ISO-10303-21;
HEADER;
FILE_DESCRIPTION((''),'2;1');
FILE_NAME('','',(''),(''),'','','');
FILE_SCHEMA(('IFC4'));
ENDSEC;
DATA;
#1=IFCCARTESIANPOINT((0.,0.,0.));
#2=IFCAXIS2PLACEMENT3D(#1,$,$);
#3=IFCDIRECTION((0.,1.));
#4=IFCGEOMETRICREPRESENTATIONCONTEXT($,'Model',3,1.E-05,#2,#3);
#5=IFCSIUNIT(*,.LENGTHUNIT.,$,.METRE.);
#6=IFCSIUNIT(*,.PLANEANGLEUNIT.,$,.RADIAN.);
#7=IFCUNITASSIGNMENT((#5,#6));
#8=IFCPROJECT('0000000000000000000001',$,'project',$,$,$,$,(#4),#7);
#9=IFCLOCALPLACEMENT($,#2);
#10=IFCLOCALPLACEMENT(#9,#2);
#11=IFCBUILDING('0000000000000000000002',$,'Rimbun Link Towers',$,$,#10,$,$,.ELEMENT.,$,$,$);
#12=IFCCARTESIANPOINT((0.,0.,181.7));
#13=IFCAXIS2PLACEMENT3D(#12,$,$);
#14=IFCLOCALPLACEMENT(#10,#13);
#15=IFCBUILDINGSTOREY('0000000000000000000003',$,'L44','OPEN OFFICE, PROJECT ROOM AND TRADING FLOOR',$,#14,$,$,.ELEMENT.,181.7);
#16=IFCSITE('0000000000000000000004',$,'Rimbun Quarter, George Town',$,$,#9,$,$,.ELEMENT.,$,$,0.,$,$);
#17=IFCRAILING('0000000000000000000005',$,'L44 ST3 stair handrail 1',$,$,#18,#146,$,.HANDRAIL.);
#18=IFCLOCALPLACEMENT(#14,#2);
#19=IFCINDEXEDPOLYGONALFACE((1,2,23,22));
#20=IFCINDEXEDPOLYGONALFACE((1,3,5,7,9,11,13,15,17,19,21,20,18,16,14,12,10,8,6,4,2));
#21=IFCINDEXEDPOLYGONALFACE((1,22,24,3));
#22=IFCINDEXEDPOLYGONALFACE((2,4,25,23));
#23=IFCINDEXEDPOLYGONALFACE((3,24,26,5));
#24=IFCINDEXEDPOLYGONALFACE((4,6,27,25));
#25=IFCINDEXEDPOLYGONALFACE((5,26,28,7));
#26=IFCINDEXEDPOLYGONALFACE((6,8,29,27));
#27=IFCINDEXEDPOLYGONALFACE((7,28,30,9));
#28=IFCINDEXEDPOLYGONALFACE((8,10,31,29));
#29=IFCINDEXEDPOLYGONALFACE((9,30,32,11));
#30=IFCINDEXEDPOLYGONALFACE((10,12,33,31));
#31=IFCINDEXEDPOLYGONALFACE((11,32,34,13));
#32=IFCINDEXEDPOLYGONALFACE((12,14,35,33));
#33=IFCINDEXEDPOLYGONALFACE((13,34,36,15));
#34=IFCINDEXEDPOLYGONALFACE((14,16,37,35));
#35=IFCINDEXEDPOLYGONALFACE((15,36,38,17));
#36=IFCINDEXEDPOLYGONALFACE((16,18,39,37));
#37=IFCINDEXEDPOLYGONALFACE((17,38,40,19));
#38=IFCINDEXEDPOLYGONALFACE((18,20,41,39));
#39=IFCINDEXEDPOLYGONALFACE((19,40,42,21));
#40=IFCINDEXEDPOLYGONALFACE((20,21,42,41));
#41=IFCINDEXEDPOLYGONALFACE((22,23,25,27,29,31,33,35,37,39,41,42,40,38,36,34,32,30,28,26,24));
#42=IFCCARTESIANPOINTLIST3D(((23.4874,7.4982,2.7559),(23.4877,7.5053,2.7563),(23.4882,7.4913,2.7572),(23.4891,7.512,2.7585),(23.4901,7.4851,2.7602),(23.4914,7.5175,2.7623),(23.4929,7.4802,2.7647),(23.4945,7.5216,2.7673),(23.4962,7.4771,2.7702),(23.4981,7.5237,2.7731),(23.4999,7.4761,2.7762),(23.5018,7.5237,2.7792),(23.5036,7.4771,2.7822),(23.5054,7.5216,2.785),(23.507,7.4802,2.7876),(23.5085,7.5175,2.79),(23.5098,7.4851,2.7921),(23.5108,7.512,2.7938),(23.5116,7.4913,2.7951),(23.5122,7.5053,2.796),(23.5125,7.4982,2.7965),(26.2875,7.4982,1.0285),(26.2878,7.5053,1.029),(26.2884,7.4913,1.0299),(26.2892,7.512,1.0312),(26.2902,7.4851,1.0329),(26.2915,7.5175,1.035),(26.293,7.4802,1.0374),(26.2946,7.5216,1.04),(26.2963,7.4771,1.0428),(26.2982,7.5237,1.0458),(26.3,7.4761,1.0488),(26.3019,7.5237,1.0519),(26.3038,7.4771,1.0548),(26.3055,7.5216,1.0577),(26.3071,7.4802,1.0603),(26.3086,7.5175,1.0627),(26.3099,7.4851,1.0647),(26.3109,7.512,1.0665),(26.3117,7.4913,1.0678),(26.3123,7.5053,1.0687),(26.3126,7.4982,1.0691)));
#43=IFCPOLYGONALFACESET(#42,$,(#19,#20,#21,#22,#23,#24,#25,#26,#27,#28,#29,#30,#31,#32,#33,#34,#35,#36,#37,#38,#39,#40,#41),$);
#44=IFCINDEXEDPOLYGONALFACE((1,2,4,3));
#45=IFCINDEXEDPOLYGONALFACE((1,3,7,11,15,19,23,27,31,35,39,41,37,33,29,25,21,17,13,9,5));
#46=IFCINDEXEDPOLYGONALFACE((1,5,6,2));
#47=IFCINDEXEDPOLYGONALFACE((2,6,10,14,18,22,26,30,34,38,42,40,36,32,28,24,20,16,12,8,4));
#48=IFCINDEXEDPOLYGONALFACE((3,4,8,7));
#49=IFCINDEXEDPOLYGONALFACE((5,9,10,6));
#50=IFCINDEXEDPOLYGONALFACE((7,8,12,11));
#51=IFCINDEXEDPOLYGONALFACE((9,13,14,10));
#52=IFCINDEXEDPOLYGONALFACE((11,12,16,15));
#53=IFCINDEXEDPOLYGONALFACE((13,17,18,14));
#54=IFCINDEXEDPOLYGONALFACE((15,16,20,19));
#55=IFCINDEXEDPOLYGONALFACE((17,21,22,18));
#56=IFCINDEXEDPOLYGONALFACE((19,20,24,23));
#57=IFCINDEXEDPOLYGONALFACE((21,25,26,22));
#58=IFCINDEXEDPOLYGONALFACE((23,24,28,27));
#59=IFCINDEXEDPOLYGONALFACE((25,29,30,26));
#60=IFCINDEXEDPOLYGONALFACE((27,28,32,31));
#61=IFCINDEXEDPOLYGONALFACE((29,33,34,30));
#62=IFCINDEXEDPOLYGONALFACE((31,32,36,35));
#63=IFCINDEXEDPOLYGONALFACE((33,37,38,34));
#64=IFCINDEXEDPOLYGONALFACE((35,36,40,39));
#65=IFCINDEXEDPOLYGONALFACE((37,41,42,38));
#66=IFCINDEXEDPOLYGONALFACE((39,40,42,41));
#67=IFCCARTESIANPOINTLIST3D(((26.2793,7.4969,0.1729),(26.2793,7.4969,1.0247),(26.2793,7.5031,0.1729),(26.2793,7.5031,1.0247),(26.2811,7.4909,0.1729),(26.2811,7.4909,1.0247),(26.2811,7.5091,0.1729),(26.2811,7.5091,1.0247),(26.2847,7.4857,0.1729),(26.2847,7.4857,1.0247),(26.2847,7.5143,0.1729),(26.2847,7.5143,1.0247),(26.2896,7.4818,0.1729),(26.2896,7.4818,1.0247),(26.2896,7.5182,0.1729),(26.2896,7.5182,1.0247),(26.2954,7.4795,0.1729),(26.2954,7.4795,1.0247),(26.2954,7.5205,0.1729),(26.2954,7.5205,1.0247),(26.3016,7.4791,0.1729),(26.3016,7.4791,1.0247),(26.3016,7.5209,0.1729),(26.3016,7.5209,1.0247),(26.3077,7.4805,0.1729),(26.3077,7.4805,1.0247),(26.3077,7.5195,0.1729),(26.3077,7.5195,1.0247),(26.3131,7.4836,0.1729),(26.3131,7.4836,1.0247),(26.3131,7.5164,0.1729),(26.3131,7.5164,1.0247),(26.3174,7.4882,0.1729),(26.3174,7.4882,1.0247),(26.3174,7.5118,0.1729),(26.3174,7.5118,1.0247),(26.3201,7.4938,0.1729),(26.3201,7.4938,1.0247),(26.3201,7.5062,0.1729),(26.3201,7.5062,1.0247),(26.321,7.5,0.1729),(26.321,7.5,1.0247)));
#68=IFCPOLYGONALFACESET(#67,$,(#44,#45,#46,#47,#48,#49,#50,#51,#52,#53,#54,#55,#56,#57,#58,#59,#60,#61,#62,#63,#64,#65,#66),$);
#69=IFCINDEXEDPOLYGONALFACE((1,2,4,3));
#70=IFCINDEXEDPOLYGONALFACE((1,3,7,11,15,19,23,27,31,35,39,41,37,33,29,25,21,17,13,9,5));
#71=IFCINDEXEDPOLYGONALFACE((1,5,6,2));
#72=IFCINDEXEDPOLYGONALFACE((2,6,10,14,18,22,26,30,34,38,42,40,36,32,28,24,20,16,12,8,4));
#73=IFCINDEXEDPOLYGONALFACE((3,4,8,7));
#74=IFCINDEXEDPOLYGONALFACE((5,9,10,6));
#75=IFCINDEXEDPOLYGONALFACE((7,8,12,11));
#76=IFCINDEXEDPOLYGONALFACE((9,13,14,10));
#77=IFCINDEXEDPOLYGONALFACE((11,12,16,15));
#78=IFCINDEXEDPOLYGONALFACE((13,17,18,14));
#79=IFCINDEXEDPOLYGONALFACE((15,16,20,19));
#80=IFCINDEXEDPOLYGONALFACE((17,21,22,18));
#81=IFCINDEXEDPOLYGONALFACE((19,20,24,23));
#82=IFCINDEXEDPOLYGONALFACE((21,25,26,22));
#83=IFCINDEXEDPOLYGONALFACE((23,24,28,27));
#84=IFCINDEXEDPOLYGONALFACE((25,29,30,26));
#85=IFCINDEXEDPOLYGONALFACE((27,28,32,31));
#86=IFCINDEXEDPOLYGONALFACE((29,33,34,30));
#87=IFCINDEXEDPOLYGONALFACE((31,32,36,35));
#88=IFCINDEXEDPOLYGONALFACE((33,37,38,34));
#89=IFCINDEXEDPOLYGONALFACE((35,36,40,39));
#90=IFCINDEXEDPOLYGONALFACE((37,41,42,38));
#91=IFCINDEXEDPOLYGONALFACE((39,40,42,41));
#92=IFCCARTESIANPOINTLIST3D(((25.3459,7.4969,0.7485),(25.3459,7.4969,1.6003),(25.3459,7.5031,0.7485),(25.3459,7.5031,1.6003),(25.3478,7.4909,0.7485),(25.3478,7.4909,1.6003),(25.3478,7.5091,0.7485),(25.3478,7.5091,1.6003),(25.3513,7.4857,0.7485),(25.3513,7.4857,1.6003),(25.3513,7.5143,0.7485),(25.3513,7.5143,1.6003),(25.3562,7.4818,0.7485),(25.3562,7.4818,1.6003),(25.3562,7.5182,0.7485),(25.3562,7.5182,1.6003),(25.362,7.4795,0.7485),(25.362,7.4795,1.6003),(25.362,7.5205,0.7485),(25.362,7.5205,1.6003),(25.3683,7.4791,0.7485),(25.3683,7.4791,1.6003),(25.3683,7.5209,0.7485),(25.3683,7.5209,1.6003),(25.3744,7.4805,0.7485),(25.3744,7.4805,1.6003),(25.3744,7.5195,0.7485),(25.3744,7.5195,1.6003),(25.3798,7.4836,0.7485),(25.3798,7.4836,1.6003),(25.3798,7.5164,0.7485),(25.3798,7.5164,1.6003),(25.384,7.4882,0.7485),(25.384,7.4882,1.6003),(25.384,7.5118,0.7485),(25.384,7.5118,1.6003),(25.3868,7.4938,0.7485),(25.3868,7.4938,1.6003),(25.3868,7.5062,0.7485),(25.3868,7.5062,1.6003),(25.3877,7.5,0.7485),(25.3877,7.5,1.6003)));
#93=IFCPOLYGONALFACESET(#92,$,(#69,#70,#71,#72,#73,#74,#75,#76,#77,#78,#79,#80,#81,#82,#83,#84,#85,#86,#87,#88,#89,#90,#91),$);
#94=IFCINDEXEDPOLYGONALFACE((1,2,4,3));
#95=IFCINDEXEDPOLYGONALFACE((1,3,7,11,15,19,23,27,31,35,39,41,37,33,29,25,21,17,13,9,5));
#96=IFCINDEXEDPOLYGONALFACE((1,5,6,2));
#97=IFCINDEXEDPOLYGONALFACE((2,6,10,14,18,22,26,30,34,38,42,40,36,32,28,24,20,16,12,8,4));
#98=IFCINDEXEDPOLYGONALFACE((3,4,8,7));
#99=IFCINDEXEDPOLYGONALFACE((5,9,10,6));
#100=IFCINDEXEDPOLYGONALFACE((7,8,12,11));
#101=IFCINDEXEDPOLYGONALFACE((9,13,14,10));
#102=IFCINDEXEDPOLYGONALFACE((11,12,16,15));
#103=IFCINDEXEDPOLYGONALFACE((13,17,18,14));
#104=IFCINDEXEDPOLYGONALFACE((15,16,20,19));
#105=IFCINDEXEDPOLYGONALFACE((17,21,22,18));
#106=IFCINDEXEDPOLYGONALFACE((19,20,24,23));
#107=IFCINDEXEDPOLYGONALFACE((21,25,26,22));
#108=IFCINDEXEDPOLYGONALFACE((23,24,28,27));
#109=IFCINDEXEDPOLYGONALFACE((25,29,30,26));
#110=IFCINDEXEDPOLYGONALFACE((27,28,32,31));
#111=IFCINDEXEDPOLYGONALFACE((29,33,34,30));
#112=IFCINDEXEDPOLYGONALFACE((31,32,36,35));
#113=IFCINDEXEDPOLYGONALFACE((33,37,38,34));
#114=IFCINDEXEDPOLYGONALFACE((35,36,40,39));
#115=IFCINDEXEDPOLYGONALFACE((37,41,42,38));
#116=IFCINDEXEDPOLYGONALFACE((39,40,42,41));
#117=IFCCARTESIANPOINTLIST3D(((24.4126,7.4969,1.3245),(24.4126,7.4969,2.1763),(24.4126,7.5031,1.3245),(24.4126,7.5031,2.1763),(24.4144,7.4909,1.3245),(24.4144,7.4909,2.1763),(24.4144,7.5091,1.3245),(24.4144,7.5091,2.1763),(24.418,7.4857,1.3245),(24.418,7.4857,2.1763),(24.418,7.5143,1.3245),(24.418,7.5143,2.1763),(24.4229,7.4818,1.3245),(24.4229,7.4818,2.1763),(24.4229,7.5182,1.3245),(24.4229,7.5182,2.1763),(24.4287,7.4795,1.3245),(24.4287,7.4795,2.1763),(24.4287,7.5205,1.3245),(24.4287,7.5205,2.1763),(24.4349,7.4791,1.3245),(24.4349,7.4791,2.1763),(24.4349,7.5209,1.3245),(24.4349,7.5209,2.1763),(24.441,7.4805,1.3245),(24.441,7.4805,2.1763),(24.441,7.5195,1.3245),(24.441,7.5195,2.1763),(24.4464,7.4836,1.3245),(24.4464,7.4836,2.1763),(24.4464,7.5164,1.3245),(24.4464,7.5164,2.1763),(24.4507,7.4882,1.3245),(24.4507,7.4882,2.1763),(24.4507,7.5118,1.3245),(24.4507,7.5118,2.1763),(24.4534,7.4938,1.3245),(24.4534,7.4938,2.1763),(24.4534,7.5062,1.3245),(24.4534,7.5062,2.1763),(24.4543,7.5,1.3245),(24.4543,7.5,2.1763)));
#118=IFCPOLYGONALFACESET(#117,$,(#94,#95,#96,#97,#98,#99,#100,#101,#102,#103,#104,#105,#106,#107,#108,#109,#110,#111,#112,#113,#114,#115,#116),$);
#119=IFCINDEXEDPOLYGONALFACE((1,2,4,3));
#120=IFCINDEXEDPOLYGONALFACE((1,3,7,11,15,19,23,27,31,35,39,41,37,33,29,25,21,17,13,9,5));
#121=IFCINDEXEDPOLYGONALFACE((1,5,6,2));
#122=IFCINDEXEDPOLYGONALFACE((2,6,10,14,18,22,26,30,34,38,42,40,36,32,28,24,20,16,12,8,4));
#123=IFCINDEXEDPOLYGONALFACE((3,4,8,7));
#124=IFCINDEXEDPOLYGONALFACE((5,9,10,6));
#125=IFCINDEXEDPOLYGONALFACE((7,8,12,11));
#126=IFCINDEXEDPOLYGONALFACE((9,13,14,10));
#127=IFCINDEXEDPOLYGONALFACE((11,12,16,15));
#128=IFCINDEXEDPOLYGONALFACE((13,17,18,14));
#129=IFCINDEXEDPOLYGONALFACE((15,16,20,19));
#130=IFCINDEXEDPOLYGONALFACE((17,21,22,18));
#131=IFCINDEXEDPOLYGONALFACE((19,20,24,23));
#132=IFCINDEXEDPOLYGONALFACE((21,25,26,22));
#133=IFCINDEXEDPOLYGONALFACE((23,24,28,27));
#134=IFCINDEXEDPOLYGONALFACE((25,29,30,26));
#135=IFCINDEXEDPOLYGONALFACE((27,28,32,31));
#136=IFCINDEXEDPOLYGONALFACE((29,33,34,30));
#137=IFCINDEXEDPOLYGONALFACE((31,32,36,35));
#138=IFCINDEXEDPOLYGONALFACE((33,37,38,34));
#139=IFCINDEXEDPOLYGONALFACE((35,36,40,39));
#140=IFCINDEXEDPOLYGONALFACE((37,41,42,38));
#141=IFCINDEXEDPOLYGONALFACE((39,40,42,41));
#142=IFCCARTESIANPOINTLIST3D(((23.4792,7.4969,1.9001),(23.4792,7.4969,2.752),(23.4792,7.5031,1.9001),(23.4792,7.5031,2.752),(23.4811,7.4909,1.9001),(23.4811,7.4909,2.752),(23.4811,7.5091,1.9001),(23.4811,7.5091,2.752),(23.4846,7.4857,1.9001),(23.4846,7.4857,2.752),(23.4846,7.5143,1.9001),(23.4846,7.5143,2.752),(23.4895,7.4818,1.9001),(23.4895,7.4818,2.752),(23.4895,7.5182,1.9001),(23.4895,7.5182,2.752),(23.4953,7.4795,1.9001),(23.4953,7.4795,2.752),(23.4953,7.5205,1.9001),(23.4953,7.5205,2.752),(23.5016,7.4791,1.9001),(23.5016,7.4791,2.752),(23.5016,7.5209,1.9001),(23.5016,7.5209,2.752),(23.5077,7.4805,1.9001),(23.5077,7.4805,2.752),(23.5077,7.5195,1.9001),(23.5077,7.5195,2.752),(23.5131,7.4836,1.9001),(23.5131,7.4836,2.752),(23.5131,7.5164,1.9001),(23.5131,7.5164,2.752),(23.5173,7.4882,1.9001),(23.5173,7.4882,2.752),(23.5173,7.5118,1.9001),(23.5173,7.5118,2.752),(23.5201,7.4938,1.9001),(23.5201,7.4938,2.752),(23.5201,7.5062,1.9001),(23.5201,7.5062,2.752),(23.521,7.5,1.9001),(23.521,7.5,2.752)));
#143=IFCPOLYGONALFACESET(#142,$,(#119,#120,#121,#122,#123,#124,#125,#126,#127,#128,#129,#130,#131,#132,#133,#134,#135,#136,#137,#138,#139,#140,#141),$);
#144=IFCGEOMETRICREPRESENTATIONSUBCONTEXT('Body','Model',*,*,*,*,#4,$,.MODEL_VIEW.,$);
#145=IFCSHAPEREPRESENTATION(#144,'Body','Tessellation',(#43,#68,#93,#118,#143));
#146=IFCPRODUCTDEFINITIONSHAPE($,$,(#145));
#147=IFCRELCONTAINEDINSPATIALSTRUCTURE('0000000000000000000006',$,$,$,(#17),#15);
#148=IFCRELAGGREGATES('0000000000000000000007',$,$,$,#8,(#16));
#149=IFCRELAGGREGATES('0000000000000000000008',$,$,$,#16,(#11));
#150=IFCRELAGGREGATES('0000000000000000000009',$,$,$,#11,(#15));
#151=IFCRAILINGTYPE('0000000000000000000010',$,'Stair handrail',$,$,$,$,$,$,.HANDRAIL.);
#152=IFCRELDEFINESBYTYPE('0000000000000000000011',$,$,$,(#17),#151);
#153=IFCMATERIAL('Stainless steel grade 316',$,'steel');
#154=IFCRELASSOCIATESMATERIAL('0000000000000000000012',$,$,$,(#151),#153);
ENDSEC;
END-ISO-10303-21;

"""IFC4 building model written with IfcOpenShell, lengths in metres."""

from ifc_helpers import new_model, si_unit, direction, frame, origin, origin_2d, place, context, subcontext, project, spatial, circle, extrude, material, type_object, element, save


model = new_model("IFC4")

# Units and contexts
model_context = context("Model", 3, precision=1e-05, world=origin(), true_north=direction((0.0, 1.0)))
body_context = subcontext(model_context, "Body", "Model", "MODEL_VIEW")
ifc_project = project(units=[si_unit("LENGTHUNIT", "METRE"), si_unit("PLANEANGLEUNIT", "RADIAN")], contexts=[model_context])

# Site, building, storey
site_placement = place(None, origin())
site = spatial("IfcSite", under=ifc_project, at=site_placement, Name="Rimbun Quarter, George Town", CompositionType="ELEMENT", RefElevation=0.0)
building_placement = place(site_placement, origin())
building = spatial("IfcBuilding", under=site, at=building_placement, Name="Rimbun Link Towers", CompositionType="ELEMENT")
storey_placement = place(building_placement, frame((0.0, 0.0, 181.7)))
storey = spatial("IfcBuildingStorey", under=building, at=storey_placement, Name="L44", Description="OPEN OFFICE, PROJECT ROOM AND TRADING FLOOR", CompositionType="ELEMENT", Elevation=181.7)

# Railing
ifc_material_1 = material(Name="Stainless steel grade 316", Category="steel")
railing_type_1 = type_object("IfcRailingType", Name="Stair handrail", PredefinedType="HANDRAIL", material=ifc_material_1)
railing_1_placement = place(storey_placement, frame((26.3, 7.5, 0.1729)))
element("IfcRailing", 1, at=railing_1_placement, inside=storey, type_object=railing_type_1, Name="L44 ST3 stair handrail 1", PredefinedType="HANDRAIL", context=body_context, shape_type="SweptSolid", body=[
    extrude(circle(Radius=0.0239, at=origin_2d()), frame((0.0, 0.0, 0.876), z_axis=(-0.85109, 0.0, 0.52502), x_axis=(0.0, -1.0, 0.0)), (0.0, 0.0, 1.0), 3.29),
    extrude(circle(Radius=0.021, at=origin_2d()), origin(), (0.0, 0.0, 1.0), 0.8518),
    extrude(circle(Radius=0.021, at=origin_2d()), frame((-0.9333, 0.0, 0.5757)), (0.0, 0.0, 1.0), 0.8518),
    extrude(circle(Radius=0.021, at=origin_2d()), frame((-1.8667, 0.0, 1.1516)), (0.0, 0.0, 1.0), 0.8518),
    extrude(circle(Radius=0.021, at=origin_2d()), frame((-2.8, 0.0, 1.7273)), (0.0, 0.0, 1.0), 0.8518),
])

save(model, "model.ifc")
